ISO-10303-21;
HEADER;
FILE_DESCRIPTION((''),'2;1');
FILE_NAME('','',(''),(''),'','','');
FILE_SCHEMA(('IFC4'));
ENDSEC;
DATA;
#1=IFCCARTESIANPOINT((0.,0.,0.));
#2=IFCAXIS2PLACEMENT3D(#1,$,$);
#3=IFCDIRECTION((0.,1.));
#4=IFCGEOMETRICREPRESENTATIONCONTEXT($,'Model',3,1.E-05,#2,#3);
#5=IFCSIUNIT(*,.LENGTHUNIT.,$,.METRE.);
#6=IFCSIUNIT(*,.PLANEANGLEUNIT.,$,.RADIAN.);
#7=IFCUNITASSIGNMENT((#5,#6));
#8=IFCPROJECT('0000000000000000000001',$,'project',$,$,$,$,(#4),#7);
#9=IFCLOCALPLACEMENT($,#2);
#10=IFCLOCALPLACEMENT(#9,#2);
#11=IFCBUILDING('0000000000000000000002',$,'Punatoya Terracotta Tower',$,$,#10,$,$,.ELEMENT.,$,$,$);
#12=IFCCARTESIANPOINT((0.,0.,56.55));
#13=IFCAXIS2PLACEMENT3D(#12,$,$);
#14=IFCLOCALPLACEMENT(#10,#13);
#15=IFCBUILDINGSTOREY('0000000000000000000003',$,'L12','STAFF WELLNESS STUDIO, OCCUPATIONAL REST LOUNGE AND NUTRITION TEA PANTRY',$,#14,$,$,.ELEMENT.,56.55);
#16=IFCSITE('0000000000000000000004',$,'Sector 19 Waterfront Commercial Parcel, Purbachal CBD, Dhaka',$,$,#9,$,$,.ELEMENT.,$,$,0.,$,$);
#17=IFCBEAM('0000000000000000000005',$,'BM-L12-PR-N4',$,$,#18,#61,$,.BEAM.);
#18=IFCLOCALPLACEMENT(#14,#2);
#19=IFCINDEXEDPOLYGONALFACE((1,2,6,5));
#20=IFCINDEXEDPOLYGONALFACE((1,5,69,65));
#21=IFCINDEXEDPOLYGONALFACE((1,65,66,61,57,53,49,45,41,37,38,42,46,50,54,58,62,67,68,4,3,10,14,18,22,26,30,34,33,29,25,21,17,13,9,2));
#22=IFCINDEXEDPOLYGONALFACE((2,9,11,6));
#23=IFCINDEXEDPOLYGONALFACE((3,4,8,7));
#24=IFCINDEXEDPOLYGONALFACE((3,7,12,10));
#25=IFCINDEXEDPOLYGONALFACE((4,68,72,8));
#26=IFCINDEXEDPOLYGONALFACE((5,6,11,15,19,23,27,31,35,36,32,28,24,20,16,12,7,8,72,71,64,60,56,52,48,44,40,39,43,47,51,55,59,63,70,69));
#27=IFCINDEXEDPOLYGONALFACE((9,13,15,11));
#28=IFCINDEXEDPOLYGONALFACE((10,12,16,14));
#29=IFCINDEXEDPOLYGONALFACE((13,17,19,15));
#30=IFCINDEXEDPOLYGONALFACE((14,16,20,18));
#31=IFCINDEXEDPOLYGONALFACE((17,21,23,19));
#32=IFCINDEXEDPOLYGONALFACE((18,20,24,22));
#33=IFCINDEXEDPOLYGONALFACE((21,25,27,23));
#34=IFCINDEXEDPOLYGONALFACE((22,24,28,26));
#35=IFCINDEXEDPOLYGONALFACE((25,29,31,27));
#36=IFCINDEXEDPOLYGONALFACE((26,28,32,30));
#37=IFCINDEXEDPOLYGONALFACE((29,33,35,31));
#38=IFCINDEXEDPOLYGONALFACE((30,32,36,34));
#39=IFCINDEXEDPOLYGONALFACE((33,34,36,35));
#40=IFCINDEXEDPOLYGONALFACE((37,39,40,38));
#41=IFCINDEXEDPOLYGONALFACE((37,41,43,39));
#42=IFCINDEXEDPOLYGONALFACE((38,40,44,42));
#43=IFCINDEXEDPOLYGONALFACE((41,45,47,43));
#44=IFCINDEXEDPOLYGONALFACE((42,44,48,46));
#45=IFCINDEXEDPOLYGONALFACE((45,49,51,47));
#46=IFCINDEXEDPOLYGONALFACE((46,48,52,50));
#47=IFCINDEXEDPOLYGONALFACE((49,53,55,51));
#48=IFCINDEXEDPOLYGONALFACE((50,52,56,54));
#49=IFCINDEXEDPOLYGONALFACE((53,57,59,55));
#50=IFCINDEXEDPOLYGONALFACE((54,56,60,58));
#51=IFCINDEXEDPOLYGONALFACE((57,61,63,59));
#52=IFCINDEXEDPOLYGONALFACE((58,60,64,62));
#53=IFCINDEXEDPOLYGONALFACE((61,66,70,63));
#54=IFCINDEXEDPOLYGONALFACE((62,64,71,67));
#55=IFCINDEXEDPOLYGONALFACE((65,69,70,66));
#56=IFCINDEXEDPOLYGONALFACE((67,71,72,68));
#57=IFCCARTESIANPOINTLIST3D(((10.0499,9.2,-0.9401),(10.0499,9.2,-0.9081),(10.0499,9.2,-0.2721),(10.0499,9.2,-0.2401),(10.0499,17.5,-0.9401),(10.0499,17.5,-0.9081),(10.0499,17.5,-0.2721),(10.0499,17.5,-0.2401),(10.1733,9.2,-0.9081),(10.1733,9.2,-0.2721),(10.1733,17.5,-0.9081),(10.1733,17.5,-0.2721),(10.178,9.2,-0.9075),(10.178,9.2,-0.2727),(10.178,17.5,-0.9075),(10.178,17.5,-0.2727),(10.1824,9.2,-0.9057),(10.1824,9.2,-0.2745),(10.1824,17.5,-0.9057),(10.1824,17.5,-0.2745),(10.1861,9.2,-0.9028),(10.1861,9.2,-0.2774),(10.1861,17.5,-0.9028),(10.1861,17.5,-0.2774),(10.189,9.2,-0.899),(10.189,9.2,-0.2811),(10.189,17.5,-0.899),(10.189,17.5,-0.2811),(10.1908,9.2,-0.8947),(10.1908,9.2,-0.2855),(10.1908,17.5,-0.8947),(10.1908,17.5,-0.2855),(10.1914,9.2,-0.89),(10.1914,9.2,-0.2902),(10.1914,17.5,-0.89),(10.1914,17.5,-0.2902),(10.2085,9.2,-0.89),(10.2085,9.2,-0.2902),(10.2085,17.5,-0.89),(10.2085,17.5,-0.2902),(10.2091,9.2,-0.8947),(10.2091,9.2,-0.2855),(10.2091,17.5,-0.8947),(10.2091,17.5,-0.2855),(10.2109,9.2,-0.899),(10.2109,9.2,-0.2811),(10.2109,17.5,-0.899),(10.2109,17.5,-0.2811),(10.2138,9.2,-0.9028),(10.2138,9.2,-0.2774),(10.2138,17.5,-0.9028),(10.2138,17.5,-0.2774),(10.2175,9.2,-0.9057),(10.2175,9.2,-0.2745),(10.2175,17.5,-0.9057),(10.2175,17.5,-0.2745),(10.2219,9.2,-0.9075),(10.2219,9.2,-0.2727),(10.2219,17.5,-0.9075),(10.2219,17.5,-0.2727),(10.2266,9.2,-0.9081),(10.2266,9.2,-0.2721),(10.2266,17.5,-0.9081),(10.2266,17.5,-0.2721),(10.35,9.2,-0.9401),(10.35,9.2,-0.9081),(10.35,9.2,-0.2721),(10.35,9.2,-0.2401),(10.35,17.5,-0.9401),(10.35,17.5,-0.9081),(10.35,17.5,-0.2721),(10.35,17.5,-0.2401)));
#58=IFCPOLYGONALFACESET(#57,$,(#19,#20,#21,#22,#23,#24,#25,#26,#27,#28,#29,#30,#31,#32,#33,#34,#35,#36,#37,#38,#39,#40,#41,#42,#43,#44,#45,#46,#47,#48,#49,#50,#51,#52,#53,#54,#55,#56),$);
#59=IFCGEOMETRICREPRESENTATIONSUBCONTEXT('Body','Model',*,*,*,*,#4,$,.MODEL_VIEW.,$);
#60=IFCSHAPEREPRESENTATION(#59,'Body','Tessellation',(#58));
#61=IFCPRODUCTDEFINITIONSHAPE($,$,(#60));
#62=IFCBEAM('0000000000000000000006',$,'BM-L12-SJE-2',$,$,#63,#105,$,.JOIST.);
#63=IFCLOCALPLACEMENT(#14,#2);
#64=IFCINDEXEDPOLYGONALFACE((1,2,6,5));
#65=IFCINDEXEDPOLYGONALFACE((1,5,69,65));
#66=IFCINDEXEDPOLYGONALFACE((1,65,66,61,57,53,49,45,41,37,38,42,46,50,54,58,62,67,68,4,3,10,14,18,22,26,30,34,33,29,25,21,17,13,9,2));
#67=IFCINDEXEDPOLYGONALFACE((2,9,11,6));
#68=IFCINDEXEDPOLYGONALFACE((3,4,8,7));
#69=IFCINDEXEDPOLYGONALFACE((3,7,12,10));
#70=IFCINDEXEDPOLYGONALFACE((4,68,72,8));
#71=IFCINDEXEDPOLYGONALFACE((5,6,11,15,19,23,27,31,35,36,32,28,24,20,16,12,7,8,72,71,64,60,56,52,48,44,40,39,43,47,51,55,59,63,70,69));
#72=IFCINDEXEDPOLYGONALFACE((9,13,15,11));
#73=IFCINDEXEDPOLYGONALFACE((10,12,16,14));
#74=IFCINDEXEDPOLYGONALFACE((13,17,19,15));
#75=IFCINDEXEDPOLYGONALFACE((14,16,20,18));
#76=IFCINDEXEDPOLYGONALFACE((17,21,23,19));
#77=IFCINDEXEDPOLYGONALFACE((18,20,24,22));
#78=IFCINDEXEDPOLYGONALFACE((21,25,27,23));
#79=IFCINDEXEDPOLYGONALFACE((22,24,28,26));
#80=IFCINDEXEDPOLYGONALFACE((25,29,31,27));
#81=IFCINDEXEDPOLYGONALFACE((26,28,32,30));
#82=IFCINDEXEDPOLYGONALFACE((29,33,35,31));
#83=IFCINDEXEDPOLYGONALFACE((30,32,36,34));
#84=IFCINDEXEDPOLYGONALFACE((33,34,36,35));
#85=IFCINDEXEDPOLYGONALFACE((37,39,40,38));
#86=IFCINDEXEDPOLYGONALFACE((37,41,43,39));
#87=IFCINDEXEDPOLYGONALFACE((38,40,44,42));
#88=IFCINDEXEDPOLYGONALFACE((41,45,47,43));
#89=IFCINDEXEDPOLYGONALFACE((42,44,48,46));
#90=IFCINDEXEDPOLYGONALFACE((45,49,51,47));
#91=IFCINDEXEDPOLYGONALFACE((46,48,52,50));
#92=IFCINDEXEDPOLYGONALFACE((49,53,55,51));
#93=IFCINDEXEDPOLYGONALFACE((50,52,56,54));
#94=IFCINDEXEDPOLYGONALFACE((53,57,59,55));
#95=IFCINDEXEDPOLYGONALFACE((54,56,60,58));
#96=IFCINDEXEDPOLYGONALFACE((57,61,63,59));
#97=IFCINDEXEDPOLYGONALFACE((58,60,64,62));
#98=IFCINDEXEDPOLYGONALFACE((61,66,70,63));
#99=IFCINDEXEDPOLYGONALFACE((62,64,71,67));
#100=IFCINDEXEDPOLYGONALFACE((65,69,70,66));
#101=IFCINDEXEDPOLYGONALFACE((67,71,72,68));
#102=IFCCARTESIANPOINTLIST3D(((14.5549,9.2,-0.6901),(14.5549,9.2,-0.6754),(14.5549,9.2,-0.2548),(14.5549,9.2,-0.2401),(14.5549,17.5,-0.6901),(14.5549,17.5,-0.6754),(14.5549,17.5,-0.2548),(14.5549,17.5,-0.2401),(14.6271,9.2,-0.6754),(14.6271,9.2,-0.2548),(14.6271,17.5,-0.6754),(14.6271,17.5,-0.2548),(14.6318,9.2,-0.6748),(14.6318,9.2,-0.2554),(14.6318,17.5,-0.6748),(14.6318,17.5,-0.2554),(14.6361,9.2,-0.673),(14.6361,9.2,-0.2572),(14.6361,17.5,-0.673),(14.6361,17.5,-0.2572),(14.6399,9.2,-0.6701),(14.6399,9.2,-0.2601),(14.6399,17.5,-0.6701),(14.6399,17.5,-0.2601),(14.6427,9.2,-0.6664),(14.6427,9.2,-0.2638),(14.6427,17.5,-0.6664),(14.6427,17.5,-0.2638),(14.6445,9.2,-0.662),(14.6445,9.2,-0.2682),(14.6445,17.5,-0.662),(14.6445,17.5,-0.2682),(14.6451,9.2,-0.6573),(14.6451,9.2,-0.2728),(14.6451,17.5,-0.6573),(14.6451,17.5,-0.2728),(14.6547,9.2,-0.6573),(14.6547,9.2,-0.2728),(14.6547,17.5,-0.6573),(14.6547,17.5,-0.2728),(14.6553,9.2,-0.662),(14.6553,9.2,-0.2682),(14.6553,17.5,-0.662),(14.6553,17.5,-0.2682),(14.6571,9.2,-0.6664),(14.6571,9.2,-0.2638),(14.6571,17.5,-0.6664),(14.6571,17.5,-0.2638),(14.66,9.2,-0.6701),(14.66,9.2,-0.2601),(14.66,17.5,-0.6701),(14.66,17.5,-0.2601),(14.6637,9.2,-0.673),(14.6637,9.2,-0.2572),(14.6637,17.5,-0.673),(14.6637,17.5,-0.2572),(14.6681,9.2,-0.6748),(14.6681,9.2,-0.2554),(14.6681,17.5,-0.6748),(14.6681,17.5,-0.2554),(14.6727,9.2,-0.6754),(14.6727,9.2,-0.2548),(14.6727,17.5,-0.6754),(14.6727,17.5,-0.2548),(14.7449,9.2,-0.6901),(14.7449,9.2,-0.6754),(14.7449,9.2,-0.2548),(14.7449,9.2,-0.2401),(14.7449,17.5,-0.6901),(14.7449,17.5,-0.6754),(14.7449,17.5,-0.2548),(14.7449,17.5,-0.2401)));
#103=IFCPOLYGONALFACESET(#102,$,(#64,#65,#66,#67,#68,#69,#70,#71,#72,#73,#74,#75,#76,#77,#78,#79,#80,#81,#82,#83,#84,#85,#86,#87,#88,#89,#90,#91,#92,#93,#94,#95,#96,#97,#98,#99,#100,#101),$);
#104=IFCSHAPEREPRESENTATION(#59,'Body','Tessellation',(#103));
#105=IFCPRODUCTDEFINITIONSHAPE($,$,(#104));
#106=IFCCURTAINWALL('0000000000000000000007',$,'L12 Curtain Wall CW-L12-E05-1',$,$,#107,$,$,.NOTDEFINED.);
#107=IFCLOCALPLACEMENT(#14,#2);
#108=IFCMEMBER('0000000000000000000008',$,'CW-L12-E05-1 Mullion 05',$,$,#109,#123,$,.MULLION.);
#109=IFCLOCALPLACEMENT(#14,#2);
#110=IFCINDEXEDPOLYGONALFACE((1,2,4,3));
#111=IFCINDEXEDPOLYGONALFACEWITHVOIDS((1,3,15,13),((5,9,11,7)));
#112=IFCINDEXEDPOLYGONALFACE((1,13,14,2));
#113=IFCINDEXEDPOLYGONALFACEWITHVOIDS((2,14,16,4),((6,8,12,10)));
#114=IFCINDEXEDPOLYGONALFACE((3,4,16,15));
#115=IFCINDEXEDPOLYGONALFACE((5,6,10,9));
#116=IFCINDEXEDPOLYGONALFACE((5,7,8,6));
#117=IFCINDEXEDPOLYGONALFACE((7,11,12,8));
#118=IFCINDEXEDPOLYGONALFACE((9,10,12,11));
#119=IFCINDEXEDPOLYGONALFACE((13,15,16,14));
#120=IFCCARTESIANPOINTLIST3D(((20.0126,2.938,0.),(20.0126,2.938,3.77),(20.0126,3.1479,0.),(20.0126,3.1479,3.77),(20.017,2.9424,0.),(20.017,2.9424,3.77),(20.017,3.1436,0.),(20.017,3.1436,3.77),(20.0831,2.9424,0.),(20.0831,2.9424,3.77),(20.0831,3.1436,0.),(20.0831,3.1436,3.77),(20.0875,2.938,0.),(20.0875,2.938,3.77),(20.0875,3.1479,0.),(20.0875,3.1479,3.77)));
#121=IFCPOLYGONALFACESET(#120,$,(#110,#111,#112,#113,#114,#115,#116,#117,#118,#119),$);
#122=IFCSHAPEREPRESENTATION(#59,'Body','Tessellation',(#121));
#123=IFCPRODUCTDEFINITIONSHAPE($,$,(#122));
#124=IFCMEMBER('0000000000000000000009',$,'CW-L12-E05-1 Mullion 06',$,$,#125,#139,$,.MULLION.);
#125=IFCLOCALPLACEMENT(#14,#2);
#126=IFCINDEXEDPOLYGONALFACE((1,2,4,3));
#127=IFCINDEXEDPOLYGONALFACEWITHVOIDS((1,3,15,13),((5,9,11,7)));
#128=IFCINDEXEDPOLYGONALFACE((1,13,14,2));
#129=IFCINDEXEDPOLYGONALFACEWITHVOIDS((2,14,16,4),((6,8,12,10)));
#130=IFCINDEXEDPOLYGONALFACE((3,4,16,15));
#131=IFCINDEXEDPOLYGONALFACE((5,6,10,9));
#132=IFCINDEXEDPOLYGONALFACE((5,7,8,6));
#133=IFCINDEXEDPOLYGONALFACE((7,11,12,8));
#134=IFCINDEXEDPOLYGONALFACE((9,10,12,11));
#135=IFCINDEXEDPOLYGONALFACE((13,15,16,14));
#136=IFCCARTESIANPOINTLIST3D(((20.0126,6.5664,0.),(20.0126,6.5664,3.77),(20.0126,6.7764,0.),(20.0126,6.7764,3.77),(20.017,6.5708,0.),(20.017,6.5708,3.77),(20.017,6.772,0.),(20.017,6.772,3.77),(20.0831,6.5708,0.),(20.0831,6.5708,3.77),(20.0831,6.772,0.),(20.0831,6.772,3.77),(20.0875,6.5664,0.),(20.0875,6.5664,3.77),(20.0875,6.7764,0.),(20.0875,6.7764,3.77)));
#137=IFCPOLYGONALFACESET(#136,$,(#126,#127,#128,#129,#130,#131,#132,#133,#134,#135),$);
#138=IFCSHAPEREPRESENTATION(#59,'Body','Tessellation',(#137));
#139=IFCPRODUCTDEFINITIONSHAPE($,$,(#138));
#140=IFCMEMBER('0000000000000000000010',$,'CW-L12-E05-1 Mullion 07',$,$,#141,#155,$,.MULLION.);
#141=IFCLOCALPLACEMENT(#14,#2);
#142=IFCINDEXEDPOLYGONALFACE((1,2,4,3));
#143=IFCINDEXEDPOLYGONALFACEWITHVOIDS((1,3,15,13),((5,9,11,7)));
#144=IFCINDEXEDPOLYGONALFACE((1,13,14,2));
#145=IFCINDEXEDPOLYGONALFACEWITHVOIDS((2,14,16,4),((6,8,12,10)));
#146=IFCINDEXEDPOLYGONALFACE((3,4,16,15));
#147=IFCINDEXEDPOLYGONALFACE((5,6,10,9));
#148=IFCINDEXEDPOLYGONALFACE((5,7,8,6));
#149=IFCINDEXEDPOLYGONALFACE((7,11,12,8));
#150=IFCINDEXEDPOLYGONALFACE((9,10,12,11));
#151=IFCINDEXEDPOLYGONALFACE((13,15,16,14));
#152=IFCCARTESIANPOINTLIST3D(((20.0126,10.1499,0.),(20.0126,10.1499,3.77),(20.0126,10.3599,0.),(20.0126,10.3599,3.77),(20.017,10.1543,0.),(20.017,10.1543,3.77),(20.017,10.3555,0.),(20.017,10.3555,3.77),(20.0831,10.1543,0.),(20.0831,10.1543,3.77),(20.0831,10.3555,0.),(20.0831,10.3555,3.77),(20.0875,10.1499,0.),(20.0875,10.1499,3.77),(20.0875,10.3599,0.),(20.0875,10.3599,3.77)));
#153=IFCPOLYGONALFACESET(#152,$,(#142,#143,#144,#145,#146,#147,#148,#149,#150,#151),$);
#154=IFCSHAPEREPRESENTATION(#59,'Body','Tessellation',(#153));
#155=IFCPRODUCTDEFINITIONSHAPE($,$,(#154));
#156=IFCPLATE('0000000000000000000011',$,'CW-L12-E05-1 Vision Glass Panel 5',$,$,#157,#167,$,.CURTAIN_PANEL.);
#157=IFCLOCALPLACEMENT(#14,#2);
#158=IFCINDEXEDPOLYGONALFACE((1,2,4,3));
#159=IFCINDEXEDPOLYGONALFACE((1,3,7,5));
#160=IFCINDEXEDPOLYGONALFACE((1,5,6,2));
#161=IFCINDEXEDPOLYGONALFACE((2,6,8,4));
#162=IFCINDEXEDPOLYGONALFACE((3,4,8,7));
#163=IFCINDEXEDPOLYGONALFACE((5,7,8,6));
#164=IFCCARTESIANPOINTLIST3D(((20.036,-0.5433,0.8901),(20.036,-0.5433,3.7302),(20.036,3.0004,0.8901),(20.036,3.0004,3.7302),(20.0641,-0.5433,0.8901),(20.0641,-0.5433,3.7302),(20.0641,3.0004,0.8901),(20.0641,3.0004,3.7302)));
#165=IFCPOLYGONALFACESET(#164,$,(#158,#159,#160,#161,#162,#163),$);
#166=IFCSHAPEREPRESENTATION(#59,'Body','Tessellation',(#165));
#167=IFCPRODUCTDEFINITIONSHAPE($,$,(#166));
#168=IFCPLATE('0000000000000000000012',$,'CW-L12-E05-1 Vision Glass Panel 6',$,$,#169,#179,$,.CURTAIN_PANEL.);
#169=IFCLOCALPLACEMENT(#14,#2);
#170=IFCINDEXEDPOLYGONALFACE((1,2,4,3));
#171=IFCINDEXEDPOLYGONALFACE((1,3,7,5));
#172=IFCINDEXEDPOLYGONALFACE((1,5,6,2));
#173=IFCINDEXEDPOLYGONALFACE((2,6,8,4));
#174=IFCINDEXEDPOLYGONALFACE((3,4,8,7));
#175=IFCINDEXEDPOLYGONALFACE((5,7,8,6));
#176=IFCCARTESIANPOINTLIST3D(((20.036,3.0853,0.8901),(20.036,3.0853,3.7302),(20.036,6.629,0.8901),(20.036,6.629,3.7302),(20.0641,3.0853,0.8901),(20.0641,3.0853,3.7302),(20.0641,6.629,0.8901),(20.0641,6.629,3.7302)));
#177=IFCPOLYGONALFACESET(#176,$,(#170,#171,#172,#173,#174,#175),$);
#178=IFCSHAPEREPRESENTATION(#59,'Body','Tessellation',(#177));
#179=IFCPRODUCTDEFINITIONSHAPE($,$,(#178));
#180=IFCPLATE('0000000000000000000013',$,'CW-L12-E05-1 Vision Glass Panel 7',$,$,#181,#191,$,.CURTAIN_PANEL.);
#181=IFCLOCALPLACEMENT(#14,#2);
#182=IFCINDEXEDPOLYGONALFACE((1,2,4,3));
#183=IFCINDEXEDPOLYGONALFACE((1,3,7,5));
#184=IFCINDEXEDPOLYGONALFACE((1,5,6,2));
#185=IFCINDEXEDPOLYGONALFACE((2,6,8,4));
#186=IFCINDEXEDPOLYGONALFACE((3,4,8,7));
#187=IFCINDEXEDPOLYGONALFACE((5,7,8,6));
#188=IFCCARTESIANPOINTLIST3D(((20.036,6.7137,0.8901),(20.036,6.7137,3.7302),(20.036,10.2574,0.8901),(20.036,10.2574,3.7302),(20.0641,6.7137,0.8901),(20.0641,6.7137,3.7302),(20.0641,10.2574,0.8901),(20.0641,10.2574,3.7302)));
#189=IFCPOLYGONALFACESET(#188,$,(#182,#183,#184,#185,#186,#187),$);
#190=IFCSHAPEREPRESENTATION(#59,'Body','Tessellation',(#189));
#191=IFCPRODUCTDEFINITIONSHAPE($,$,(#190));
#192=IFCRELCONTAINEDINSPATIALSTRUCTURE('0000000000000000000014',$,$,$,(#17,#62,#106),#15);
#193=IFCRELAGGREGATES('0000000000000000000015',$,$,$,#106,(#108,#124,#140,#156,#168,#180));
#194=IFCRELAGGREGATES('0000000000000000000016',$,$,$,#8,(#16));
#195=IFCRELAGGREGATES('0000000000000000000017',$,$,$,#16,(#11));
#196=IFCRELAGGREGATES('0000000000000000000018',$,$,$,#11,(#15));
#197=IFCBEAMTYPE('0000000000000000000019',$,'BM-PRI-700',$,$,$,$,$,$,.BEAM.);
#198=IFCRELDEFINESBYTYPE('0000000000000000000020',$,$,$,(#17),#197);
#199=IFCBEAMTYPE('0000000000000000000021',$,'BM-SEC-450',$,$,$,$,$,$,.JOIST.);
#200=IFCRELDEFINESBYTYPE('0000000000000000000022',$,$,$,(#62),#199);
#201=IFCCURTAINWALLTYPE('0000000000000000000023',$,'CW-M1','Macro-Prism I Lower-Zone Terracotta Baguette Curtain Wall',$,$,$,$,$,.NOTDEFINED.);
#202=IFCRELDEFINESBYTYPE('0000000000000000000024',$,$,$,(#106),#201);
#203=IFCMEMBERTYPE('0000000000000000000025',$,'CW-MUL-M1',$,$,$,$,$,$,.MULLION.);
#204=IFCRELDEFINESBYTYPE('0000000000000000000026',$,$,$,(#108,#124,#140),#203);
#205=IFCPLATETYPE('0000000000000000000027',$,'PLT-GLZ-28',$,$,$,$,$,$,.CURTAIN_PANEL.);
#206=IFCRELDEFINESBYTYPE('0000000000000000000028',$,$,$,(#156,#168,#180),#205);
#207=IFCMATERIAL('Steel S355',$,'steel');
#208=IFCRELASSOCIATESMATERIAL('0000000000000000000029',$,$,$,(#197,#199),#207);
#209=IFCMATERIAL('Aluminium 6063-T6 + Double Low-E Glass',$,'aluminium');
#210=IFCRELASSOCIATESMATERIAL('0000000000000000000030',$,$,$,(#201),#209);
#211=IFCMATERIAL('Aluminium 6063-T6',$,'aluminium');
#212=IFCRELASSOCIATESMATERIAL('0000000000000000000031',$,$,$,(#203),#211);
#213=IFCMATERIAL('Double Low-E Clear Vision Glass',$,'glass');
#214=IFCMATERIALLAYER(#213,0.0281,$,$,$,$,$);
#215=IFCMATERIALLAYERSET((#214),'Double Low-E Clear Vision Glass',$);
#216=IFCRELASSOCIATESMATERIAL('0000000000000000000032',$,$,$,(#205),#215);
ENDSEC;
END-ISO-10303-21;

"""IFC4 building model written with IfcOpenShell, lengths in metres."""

from ifc_helpers import new_model, si_unit, direction, frame, origin, origin_2d, place, context, subcontext, project, spatial, rectangle, hollow_rectangle, i_section, extrude, material, layer, layer_set, material_profile, profile_set, type_object, element, aggregate, save


model = new_model("IFC4")

# Units and contexts
model_context = context("Model", 3, precision=1e-05, world=origin(), true_north=direction((0.0, 1.0)))
body_context = subcontext(model_context, "Body", "Model", "MODEL_VIEW")
ifc_project = project(units=[si_unit("LENGTHUNIT", "METRE"), si_unit("PLANEANGLEUNIT", "RADIAN")], contexts=[model_context])

# Site, building, storey
site_placement = place(None, origin())
site = spatial("IfcSite", under=ifc_project, at=site_placement, Name="Sector 19 Waterfront Commercial Parcel, Purbachal CBD, Dhaka", CompositionType="ELEMENT", RefElevation=0.0)
building_placement = place(site_placement, origin())
building = spatial("IfcBuilding", under=site, at=building_placement, Name="Punatoya Terracotta Tower", CompositionType="ELEMENT")
storey_placement = place(building_placement, frame((0.0, 0.0, 56.55)))
storey = spatial("IfcBuildingStorey", under=building, at=storey_placement, Name="L12", Description="STAFF WELLNESS STUDIO, OCCUPATIONAL REST LOUNGE AND NUTRITION TEA PANTRY", CompositionType="ELEMENT", Elevation=56.55)

# Beams
ifc_material_1 = material(Name="Steel S355", Category="steel")
ifc_material_profile_1 = material_profile(ifc_material_1, i_section(OverallWidth=0.3, OverallDepth=0.7, WebThickness=0.0171, FlangeThickness=0.032, FilletRadius=0.0181, at=origin_2d()))
ifc_profile_set_1 = profile_set([ifc_material_profile_1], Name="Steel S355")
beam_type_1 = type_object("IfcBeamType", Name="BM-PRI-700", PredefinedType="BEAM", material=ifc_profile_set_1)
beam_1_placement = place(storey_placement, frame((10.2, 9.2, -0.5901), z_axis=(0.0, 1.0, 0.0), x_axis=(-1.0, 0.0, 0.0)))
element("IfcBeam", 1, at=beam_1_placement, inside=storey, type_object=beam_type_1, Name="BM-L12-PR-N4", PredefinedType="BEAM", context=body_context, shape_type="SweptSolid", body=[
    extrude(i_section(OverallWidth=0.3, OverallDepth=0.7, WebThickness=0.0171, FlangeThickness=0.032, FilletRadius=0.0181, at=origin_2d()), origin(), (0.0, 0.0, 1.0), 8.3),
])
ifc_material_profile_2 = material_profile(ifc_material_1, i_section(OverallWidth=0.1899, OverallDepth=0.45, WebThickness=0.0095, FlangeThickness=0.0146, FilletRadius=0.0181, at=origin_2d()))
ifc_profile_set_2 = profile_set([ifc_material_profile_2], Name="Steel S355")
beam_type_2 = type_object("IfcBeamType", Name="BM-SEC-450", PredefinedType="JOIST", material=ifc_profile_set_2)
beam_2_placement = place(storey_placement, frame((14.6499, 9.2, -0.4651), z_axis=(0.0, 1.0, 0.0), x_axis=(-1.0, 0.0, 0.0)))
element("IfcBeam", 2, at=beam_2_placement, inside=storey, type_object=beam_type_2, Name="BM-L12-SJE-2", PredefinedType="JOIST", context=body_context, shape_type="SweptSolid", body=[
    extrude(i_section(OverallWidth=0.1899, OverallDepth=0.45, WebThickness=0.0095, FlangeThickness=0.0146, FilletRadius=0.0181, at=origin_2d()), origin(), (0.0, 0.0, 1.0), 8.3),
])

# Curtain wall, members, plates
ifc_material_2 = material(Name="Aluminium 6063-T6 + Double Low-E Glass", Category="aluminium")
curtain_wall_type = type_object("IfcCurtainWallType", Name="CW-M1", Description="Macro-Prism I Lower-Zone Terracotta Baguette Curtain Wall", PredefinedType="NOTDEFINED", material=ifc_material_2)
curtain_wall_placement = place(storey_placement, origin())
curtain_wall = element("IfcCurtainWall", 3, at=curtain_wall_placement, inside=storey, type_object=curtain_wall_type, Name="L12 Curtain Wall CW-L12-E05-1", PredefinedType="NOTDEFINED")
ifc_material_3 = material(Name="Aluminium 6063-T6", Category="aluminium")
ifc_material_profile_3 = material_profile(ifc_material_3, hollow_rectangle(XDim=0.075, YDim=0.21, WallThickness=0.0044, at=origin_2d()))
ifc_profile_set_3 = profile_set([ifc_material_profile_3], Name="Aluminium 6063-T6")
member_type = type_object("IfcMemberType", Name="CW-MUL-M1", PredefinedType="MULLION", material=ifc_profile_set_3)
member_1_placement = place(storey_placement, frame((20.05, 3.043, 0.0), z_axis=(0.0, 0.0, 1.0), x_axis=(1.0, 0.0, 0.0)))
member_1 = element("IfcMember", 4, at=member_1_placement, type_object=member_type, Name="CW-L12-E05-1 Mullion 05", PredefinedType="MULLION", context=body_context, shape_type="SweptSolid", body=[
    extrude(hollow_rectangle(XDim=0.075, YDim=0.21, WallThickness=0.0044, at=origin_2d()), origin(), (0.0, 0.0, 1.0), 3.77),
])
member_2_placement = place(storey_placement, frame((20.05, 6.6714, 0.0), z_axis=(0.0, 0.0, 1.0), x_axis=(1.0, 0.0, 0.0)))
member_2 = element("IfcMember", 5, at=member_2_placement, type_object=member_type, Name="CW-L12-E05-1 Mullion 06", PredefinedType="MULLION", context=body_context, shape_type="SweptSolid", body=[
    extrude(hollow_rectangle(XDim=0.075, YDim=0.21, WallThickness=0.0044, at=origin_2d()), origin(), (0.0, 0.0, 1.0), 3.77),
])
member_3_placement = place(storey_placement, frame((20.05, 10.2549, 0.0), z_axis=(0.0, 0.0, 1.0), x_axis=(1.0, 0.0, 0.0)))
member_3 = element("IfcMember", 6, at=member_3_placement, type_object=member_type, Name="CW-L12-E05-1 Mullion 07", PredefinedType="MULLION", context=body_context, shape_type="SweptSolid", body=[
    extrude(hollow_rectangle(XDim=0.075, YDim=0.21, WallThickness=0.0044, at=origin_2d()), origin(), (0.0, 0.0, 1.0), 3.77),
])
ifc_material_4 = material(Name="Double Low-E Clear Vision Glass", Category="glass")
ifc_layer_1 = layer(ifc_material_4, 0.0281)
ifc_layer_set_1 = layer_set([ifc_layer_1], Name="Double Low-E Clear Vision Glass")
plate_type_1 = type_object("IfcPlateType", Name="PLT-GLZ-28", PredefinedType="CURTAIN_PANEL", material=ifc_layer_set_1)
plate_1_placement = place(storey_placement, frame((20.05, 1.2285, 0.8901), z_axis=(0.0, 0.0, 1.0), x_axis=(0.0, 1.0, 0.0)))
plate_1 = element("IfcPlate", 7, at=plate_1_placement, type_object=plate_type_1, Name="CW-L12-E05-1 Vision Glass Panel 5", PredefinedType="CURTAIN_PANEL", context=body_context, shape_type="SweptSolid", body=[
    extrude(rectangle(XDim=3.5437, YDim=0.0281, at=origin_2d()), origin(), (0.0, 0.0, 1.0), 2.8401),
])
plate_2_placement = place(storey_placement, frame((20.05, 4.8572, 0.8901), z_axis=(0.0, 0.0, 1.0), x_axis=(0.0, 1.0, 0.0)))
plate_2 = element("IfcPlate", 8, at=plate_2_placement, type_object=plate_type_1, Name="CW-L12-E05-1 Vision Glass Panel 6", PredefinedType="CURTAIN_PANEL", context=body_context, shape_type="SweptSolid", body=[
    extrude(rectangle(XDim=3.5437, YDim=0.0281, at=origin_2d()), origin(), (0.0, 0.0, 1.0), 2.8401),
])
plate_3_placement = place(storey_placement, frame((20.05, 8.4856, 0.8901), z_axis=(0.0, 0.0, 1.0), x_axis=(0.0, 1.0, 0.0)))
plate_3 = element("IfcPlate", 9, at=plate_3_placement, type_object=plate_type_1, Name="CW-L12-E05-1 Vision Glass Panel 7", PredefinedType="CURTAIN_PANEL", context=body_context, shape_type="SweptSolid", body=[
    extrude(rectangle(XDim=3.5437, YDim=0.0281, at=origin_2d()), origin(), (0.0, 0.0, 1.0), 2.8401),
])
aggregate(curtain_wall, [member_1, member_2, member_3, plate_1, plate_2, plate_3])

save(model, "model.ifc")
